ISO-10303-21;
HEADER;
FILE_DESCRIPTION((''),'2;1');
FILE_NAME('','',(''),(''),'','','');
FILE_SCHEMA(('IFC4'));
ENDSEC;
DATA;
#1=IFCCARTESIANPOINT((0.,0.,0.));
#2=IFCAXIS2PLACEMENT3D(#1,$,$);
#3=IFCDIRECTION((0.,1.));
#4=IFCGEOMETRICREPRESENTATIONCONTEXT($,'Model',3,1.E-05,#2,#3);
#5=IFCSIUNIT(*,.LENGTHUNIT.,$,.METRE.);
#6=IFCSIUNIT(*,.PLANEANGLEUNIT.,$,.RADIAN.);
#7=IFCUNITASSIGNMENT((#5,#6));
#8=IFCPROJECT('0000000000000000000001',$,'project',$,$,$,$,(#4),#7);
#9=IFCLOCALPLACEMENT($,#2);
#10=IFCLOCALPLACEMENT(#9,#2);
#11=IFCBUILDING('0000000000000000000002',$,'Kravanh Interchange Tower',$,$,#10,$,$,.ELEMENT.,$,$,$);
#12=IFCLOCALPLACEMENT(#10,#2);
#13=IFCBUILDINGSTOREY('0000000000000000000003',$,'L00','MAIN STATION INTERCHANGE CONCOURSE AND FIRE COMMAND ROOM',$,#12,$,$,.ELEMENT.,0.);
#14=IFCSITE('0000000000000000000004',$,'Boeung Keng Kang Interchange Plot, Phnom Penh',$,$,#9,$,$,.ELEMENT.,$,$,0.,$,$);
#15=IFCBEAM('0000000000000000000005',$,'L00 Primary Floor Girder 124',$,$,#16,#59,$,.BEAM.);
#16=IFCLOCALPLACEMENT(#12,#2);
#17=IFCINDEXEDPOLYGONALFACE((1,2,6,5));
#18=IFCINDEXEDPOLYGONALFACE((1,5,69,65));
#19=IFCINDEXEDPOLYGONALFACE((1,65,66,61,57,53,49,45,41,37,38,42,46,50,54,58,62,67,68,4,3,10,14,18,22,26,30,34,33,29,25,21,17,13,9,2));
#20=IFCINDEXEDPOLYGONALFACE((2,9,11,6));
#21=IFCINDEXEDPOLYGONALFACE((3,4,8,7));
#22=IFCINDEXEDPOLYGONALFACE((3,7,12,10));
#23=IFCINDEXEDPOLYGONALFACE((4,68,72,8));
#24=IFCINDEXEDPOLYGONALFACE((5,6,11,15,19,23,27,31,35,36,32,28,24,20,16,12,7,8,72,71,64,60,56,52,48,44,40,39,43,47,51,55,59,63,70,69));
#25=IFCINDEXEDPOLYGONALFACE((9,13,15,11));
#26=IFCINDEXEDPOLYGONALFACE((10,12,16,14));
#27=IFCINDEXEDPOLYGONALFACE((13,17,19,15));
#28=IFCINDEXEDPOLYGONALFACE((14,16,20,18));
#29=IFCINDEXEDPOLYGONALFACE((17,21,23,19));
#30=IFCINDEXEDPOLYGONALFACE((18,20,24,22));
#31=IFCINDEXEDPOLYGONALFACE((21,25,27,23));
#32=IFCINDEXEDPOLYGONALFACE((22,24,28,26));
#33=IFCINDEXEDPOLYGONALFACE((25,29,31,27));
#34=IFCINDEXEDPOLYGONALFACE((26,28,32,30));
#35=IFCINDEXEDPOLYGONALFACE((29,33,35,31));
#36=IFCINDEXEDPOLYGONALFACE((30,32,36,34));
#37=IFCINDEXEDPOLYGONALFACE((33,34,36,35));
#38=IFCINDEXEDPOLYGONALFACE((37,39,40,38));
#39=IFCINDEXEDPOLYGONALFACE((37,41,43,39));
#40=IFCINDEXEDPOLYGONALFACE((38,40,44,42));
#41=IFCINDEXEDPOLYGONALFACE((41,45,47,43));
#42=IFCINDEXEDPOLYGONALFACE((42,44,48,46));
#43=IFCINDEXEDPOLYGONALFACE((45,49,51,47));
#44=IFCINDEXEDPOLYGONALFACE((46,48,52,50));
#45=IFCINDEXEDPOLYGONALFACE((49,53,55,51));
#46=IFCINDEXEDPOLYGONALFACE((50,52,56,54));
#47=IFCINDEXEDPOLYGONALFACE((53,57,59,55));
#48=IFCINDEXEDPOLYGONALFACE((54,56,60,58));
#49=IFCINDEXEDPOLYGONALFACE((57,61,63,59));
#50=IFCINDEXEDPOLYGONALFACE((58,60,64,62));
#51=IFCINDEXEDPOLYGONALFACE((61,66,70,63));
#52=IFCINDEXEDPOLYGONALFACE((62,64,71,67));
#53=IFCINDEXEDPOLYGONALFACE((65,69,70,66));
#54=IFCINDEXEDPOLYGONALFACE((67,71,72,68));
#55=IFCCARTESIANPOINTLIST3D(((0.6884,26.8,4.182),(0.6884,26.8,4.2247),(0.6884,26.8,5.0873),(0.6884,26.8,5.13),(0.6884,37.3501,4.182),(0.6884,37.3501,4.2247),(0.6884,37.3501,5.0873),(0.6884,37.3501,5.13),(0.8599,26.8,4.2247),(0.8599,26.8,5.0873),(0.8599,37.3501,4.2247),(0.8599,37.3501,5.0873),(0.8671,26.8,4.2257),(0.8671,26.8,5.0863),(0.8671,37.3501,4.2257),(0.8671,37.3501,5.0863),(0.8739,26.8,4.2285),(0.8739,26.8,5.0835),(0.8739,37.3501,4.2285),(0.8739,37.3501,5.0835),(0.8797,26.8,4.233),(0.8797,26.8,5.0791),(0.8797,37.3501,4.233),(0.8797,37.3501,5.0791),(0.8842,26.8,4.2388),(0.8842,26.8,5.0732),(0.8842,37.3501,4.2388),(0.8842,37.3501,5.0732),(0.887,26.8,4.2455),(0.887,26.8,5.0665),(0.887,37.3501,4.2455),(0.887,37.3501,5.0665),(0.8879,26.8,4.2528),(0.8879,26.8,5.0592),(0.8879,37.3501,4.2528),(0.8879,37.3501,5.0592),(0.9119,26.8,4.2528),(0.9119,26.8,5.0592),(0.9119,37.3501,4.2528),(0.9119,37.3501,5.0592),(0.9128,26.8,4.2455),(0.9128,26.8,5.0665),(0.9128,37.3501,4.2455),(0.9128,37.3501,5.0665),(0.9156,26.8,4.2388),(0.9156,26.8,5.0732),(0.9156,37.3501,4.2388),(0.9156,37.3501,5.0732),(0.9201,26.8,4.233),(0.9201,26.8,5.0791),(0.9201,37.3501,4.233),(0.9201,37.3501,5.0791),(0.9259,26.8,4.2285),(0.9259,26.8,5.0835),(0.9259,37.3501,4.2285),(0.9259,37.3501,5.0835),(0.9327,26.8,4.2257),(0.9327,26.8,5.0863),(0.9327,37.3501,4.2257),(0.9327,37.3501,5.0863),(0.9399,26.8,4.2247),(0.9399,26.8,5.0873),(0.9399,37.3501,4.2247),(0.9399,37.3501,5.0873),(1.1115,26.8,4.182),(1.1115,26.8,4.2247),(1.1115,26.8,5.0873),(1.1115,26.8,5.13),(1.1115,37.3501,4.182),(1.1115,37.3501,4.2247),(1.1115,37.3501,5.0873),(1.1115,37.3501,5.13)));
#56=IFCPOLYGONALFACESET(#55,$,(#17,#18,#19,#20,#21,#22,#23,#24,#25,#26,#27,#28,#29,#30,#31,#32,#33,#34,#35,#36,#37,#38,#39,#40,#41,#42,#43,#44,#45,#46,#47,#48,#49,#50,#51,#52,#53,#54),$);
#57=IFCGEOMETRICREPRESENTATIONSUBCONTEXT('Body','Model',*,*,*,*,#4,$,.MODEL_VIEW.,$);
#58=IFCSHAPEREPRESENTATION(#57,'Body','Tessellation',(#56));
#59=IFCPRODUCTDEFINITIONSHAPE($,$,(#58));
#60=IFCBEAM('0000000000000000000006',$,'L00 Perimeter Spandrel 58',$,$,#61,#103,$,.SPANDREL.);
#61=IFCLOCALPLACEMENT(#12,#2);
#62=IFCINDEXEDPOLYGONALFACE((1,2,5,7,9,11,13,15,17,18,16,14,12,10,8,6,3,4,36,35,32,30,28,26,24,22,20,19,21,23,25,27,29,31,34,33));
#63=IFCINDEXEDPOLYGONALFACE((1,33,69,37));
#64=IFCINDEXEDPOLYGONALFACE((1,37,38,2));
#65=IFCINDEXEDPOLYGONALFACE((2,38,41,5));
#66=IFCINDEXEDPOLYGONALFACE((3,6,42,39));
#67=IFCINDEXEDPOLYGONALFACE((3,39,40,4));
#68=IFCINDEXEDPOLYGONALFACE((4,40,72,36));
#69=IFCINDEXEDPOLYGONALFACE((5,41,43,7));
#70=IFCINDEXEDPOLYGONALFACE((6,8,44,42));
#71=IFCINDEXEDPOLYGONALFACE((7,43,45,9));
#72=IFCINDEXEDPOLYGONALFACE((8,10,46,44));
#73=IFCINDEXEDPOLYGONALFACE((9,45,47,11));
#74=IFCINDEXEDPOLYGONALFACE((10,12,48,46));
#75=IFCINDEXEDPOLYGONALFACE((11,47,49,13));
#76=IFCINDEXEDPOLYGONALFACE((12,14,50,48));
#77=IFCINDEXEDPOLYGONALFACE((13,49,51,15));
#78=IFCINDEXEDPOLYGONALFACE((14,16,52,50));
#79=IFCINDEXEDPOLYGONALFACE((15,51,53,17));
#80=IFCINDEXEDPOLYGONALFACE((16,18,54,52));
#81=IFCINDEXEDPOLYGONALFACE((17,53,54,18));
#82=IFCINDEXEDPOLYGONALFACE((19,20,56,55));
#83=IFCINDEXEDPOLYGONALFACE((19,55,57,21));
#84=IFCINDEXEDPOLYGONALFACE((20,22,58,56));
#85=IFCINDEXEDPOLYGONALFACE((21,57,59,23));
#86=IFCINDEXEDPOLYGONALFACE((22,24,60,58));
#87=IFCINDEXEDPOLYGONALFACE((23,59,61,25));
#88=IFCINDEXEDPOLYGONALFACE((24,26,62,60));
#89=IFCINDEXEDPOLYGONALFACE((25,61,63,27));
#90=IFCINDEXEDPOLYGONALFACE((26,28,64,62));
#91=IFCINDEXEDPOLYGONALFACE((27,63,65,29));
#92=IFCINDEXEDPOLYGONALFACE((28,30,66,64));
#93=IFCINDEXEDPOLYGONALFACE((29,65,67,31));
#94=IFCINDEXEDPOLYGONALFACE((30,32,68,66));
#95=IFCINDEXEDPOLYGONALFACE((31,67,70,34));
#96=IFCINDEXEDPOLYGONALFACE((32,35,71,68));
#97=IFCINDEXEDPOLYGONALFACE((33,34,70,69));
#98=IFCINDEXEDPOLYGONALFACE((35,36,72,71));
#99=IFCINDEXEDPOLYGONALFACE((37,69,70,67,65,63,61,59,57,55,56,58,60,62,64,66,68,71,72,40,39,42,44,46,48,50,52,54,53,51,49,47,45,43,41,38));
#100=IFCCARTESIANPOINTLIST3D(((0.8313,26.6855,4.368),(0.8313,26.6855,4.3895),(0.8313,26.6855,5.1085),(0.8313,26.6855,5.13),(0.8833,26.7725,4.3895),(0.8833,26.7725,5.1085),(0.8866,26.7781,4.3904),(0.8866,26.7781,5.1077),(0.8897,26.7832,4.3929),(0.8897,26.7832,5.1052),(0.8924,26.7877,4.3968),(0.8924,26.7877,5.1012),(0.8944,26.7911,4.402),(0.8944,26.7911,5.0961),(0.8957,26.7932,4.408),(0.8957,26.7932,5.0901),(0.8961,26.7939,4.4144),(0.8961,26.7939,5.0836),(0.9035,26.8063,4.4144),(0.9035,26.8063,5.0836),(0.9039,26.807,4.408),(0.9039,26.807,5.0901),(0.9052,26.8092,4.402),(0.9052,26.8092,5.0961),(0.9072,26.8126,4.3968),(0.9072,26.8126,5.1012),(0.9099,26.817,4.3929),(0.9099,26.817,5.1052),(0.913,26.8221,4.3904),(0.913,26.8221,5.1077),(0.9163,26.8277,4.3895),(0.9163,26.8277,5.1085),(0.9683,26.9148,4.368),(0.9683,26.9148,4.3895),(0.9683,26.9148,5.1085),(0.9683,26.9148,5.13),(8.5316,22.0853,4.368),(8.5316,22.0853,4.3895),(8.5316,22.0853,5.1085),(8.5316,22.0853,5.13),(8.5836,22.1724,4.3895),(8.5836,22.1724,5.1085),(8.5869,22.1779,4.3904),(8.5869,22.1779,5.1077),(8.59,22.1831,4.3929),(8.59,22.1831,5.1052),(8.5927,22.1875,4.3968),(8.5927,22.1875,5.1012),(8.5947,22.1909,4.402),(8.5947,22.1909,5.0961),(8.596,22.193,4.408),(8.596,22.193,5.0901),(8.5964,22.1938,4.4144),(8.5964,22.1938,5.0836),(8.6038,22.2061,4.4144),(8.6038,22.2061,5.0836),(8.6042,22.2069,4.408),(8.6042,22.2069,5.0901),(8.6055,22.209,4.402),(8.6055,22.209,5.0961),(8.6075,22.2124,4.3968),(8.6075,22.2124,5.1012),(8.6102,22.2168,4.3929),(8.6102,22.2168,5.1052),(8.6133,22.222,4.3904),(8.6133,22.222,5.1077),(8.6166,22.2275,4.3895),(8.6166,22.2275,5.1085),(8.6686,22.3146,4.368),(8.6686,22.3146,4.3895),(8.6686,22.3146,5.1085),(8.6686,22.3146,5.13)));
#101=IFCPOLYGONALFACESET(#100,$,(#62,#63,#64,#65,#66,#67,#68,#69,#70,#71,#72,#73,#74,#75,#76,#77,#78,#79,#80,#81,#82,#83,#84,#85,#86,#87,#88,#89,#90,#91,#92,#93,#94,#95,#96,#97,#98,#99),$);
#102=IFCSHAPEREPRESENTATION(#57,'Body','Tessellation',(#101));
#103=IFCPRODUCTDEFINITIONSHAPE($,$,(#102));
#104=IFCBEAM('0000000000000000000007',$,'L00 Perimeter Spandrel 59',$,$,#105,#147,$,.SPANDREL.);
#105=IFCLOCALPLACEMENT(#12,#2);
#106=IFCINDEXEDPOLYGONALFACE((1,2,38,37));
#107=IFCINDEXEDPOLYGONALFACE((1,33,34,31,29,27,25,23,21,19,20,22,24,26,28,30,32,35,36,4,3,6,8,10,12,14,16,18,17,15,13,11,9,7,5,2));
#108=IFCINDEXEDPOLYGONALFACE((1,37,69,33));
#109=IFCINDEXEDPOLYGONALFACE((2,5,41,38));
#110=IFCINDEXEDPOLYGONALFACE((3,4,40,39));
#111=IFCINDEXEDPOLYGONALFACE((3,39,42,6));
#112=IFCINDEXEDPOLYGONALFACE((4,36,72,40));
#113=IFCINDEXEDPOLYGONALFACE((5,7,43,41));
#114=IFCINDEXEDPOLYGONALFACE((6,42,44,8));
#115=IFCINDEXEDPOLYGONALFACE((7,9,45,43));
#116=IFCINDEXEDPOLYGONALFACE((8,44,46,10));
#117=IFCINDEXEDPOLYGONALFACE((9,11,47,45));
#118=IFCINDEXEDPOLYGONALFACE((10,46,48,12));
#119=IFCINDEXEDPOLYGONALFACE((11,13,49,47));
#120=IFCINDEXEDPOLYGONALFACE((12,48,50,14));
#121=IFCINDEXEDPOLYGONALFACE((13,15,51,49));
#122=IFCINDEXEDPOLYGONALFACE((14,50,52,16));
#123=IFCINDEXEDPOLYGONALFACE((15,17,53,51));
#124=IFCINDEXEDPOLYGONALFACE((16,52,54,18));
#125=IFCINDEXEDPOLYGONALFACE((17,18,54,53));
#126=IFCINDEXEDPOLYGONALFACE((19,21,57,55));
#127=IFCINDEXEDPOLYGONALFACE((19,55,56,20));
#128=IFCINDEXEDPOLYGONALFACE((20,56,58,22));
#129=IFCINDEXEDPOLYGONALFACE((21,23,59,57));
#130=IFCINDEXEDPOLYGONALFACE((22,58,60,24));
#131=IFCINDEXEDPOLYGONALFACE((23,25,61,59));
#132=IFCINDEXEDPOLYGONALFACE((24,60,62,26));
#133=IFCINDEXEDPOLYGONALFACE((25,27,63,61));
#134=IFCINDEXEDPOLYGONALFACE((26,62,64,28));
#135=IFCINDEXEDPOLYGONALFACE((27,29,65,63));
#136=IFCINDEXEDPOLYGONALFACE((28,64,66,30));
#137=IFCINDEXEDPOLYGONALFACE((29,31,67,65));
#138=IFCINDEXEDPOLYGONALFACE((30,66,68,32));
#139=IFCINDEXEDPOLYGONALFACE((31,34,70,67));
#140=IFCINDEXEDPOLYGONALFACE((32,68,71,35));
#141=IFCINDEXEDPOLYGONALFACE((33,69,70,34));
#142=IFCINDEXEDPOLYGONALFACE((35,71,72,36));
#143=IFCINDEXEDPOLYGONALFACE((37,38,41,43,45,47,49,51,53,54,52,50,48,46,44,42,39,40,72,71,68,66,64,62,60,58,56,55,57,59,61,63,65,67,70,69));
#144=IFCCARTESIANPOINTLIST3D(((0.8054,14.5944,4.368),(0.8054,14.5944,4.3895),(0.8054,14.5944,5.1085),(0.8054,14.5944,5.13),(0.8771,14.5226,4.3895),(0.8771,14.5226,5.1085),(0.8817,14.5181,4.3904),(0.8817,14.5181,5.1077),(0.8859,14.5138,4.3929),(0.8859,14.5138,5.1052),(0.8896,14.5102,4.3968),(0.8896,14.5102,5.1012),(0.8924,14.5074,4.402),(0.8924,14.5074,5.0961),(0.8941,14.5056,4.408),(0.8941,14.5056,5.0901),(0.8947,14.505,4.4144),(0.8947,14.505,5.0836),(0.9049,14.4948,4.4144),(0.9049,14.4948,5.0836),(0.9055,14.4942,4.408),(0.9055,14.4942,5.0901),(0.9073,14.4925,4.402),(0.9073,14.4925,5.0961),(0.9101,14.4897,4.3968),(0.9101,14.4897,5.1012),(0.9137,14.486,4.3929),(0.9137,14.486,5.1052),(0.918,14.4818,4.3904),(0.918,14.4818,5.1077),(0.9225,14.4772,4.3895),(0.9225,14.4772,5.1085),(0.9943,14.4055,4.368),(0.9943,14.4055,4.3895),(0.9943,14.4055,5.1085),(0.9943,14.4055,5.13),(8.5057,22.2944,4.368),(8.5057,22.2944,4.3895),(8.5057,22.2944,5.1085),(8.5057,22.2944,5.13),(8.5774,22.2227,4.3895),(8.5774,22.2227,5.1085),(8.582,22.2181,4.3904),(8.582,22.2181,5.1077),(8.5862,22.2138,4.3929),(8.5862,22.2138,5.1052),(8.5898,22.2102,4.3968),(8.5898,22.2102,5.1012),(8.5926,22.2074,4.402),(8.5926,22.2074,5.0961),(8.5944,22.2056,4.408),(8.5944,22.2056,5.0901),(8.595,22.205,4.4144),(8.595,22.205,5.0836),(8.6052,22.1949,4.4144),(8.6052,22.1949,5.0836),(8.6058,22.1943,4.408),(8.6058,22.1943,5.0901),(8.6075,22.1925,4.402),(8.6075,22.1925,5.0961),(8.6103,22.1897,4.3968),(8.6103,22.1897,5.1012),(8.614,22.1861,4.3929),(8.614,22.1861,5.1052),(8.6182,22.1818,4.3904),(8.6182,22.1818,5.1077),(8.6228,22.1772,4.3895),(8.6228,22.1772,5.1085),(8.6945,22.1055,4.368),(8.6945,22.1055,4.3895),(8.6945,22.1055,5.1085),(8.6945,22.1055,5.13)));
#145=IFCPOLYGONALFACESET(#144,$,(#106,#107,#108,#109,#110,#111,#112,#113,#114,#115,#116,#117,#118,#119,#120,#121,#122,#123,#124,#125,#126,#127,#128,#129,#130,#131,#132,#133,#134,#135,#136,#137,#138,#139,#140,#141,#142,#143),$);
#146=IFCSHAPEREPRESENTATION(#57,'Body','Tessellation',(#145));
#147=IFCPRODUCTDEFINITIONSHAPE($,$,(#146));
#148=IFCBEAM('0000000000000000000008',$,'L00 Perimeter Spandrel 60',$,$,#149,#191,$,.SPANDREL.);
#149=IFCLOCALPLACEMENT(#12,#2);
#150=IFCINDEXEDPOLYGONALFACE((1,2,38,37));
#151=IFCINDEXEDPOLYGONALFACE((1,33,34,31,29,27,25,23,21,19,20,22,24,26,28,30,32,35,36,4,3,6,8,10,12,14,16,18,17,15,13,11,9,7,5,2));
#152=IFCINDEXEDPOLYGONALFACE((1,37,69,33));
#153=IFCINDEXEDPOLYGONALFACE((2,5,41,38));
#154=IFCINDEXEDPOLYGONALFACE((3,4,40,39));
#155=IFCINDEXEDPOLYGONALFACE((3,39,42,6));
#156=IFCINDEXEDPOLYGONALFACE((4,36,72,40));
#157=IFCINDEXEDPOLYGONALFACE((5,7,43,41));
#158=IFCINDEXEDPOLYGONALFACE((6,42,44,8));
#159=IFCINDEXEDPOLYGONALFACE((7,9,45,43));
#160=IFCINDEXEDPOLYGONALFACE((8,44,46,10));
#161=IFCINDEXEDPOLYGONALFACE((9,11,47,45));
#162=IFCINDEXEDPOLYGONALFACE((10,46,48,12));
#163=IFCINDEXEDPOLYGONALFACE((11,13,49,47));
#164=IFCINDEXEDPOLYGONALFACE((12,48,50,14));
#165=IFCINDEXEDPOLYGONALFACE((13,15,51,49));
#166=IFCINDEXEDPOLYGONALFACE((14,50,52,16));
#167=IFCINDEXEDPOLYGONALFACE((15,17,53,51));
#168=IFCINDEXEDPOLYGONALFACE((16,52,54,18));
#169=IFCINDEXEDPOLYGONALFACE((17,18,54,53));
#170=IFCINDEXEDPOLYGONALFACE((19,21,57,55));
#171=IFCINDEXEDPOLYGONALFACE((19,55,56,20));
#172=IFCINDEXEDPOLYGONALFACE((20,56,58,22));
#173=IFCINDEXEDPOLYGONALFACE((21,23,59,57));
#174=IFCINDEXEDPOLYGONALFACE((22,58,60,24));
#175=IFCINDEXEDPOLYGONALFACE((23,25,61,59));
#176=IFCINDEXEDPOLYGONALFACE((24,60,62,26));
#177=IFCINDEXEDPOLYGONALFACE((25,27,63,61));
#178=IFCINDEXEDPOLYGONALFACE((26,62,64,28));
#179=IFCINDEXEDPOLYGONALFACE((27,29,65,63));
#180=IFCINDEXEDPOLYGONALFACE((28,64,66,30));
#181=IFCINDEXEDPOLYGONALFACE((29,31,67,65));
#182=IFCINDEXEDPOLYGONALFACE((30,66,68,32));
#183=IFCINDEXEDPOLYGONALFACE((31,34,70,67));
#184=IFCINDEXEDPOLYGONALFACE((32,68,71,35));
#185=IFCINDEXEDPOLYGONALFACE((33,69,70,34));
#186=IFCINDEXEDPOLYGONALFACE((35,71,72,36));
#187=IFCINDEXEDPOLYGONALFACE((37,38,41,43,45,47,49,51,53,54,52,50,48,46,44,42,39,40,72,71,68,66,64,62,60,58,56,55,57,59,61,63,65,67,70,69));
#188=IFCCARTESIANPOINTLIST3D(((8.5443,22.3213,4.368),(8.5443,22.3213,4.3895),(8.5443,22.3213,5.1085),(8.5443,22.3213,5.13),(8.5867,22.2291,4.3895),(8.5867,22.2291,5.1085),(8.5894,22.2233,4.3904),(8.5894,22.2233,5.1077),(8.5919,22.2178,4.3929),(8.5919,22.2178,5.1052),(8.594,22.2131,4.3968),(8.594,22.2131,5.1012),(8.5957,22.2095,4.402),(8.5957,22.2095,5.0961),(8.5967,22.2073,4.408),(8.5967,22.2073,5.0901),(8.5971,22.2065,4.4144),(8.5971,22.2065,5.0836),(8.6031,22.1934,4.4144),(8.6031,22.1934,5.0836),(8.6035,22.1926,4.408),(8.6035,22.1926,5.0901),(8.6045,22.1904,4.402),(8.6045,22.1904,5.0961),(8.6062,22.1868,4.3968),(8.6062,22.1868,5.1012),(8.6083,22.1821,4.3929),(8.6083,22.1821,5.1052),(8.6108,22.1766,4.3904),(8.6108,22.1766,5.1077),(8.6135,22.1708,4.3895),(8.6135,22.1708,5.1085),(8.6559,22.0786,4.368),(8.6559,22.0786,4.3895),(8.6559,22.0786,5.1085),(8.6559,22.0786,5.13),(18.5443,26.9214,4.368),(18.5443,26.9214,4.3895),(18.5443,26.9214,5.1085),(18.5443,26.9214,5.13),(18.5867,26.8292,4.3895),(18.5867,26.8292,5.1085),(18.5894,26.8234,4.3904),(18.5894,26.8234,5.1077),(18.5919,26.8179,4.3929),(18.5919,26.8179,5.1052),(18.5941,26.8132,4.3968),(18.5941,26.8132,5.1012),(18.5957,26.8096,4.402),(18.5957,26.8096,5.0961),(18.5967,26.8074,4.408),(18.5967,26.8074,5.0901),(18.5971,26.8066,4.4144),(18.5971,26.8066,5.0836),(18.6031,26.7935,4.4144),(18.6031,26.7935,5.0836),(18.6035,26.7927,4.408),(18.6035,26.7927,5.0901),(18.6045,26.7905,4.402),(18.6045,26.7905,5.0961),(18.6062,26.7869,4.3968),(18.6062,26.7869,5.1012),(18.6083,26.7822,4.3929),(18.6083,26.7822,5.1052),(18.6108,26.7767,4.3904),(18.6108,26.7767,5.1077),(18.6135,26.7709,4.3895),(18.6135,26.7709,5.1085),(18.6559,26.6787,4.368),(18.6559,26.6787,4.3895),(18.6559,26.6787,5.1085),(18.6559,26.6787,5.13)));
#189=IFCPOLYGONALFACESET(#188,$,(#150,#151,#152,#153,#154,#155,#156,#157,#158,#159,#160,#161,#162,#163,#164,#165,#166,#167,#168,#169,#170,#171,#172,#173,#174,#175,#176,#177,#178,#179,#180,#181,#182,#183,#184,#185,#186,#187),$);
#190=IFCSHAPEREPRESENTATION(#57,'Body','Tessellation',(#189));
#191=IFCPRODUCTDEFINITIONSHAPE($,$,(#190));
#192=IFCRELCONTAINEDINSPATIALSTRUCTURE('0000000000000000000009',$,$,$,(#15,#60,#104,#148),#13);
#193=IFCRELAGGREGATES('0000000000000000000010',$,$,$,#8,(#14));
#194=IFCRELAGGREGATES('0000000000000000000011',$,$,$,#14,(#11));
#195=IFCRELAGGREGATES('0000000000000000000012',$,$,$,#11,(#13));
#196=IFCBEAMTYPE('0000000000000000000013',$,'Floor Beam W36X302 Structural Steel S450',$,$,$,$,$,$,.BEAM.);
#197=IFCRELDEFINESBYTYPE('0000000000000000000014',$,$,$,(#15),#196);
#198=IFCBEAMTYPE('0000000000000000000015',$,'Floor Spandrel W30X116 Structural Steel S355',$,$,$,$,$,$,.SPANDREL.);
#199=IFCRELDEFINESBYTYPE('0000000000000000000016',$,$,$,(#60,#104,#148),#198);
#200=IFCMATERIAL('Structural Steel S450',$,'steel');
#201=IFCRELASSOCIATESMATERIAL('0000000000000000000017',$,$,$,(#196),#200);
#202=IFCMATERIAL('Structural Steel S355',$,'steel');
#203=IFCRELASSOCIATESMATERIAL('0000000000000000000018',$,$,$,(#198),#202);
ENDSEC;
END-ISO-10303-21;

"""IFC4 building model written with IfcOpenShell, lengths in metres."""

from ifc_helpers import new_model, si_unit, direction, frame, origin, origin_2d, place, context, subcontext, project, spatial, i_section, extrude, material, material_profile, profile_set, type_object, element, save


model = new_model("IFC4")

# Units and contexts
model_context = context("Model", 3, precision=1e-05, world=origin(), true_north=direction((0.0, 1.0)))
body_context = subcontext(model_context, "Body", "Model", "MODEL_VIEW")
ifc_project = project(units=[si_unit("LENGTHUNIT", "METRE"), si_unit("PLANEANGLEUNIT", "RADIAN")], contexts=[model_context])

# Site, building, storey
site_placement = place(None, origin())
site = spatial("IfcSite", under=ifc_project, at=site_placement, Name="Boeung Keng Kang Interchange Plot, Phnom Penh", CompositionType="ELEMENT", RefElevation=0.0)
building_placement = place(site_placement, origin())
building = spatial("IfcBuilding", under=site, at=building_placement, Name="Kravanh Interchange Tower", CompositionType="ELEMENT")
storey_placement = place(building_placement, origin())
storey = spatial("IfcBuildingStorey", under=building, at=storey_placement, Name="L00", Description="MAIN STATION INTERCHANGE CONCOURSE AND FIRE COMMAND ROOM", CompositionType="ELEMENT", Elevation=0.0)

# Beams
ifc_material_1 = material(Name="Structural Steel S450", Category="steel")
ifc_material_profile_1 = material_profile(ifc_material_1, i_section(OverallWidth=0.4231, OverallDepth=0.948, WebThickness=0.0239, FlangeThickness=0.0427, FilletRadius=0.0281, at=origin_2d()), Name="W36X302")
ifc_profile_set_1 = profile_set([ifc_material_profile_1], Name="Structural Steel S450")
beam_type_1 = type_object("IfcBeamType", Name="Floor Beam W36X302 Structural Steel S450", PredefinedType="BEAM", material=ifc_profile_set_1)
beam_1_placement = place(storey_placement, frame((0.8999, 26.8, 4.656), z_axis=(0.0, 1.0, 0.0), x_axis=(-1.0, 0.0, 0.0)))
element("IfcBeam", 1, at=beam_1_placement, inside=storey, type_object=beam_type_1, Name="L00 Primary Floor Girder 124", PredefinedType="BEAM", context=body_context, shape_type="SweptSolid", body=[
    extrude(i_section(OverallWidth=0.4231, OverallDepth=0.948, WebThickness=0.0239, FlangeThickness=0.0427, FilletRadius=0.0281, at=origin_2d()), origin(), (0.0, 0.0, 1.0), 10.55),
])
ifc_material_2 = material(Name="Structural Steel S355", Category="steel")
ifc_material_profile_2 = material_profile(ifc_material_2, i_section(OverallWidth=0.2671, OverallDepth=0.762, WebThickness=0.0144, FlangeThickness=0.0215, FilletRadius=0.0249, at=origin_2d()), Name="W30X116")
ifc_profile_set_2 = profile_set([ifc_material_profile_2], Name="Structural Steel S355")
beam_type_2 = type_object("IfcBeamType", Name="Floor Spandrel W30X116 Structural Steel S355", PredefinedType="SPANDREL", material=ifc_profile_set_2)
beam_2_placement = place(storey_placement, frame((8.6001, 22.2, 4.749), z_axis=(-0.858476, 0.512854, 0.0), x_axis=(-0.512854, -0.858476, 0.0)))
element("IfcBeam", 2, at=beam_2_placement, inside=storey, type_object=beam_type_2, Name="L00 Perimeter Spandrel 58", PredefinedType="SPANDREL", context=body_context, shape_type="SweptSolid", body=[
    extrude(i_section(OverallWidth=0.2671, OverallDepth=0.762, WebThickness=0.0144, FlangeThickness=0.0215, FilletRadius=0.0249, at=origin_2d()), origin(), (0.0, 0.0, 1.0), 8.9697),
])
beam_3_placement = place(storey_placement, frame((8.6001, 22.2, 4.749), z_axis=(-0.707118, -0.707096, 0.0), x_axis=(0.707096, -0.707118, 0.0)))
element("IfcBeam", 3, at=beam_3_placement, inside=storey, type_object=beam_type_2, Name="L00 Perimeter Spandrel 59", PredefinedType="SPANDREL", context=body_context, shape_type="SweptSolid", body=[
    extrude(i_section(OverallWidth=0.2671, OverallDepth=0.762, WebThickness=0.0144, FlangeThickness=0.0215, FilletRadius=0.0249, at=origin_2d()), origin(), (0.0, 0.0, 1.0), 10.8896),
])
beam_4_placement = place(storey_placement, frame((8.6001, 22.2, 4.749), z_axis=(0.908487, 0.417913, 0.0), x_axis=(-0.417913, 0.908487, 0.0)))
element("IfcBeam", 4, at=beam_4_placement, inside=storey, type_object=beam_type_2, Name="L00 Perimeter Spandrel 60", PredefinedType="SPANDREL", context=body_context, shape_type="SweptSolid", body=[
    extrude(i_section(OverallWidth=0.2671, OverallDepth=0.762, WebThickness=0.0144, FlangeThickness=0.0215, FilletRadius=0.0249, at=origin_2d()), origin(), (0.0, 0.0, 1.0), 11.0073),
])

save(model, "model.ifc")
